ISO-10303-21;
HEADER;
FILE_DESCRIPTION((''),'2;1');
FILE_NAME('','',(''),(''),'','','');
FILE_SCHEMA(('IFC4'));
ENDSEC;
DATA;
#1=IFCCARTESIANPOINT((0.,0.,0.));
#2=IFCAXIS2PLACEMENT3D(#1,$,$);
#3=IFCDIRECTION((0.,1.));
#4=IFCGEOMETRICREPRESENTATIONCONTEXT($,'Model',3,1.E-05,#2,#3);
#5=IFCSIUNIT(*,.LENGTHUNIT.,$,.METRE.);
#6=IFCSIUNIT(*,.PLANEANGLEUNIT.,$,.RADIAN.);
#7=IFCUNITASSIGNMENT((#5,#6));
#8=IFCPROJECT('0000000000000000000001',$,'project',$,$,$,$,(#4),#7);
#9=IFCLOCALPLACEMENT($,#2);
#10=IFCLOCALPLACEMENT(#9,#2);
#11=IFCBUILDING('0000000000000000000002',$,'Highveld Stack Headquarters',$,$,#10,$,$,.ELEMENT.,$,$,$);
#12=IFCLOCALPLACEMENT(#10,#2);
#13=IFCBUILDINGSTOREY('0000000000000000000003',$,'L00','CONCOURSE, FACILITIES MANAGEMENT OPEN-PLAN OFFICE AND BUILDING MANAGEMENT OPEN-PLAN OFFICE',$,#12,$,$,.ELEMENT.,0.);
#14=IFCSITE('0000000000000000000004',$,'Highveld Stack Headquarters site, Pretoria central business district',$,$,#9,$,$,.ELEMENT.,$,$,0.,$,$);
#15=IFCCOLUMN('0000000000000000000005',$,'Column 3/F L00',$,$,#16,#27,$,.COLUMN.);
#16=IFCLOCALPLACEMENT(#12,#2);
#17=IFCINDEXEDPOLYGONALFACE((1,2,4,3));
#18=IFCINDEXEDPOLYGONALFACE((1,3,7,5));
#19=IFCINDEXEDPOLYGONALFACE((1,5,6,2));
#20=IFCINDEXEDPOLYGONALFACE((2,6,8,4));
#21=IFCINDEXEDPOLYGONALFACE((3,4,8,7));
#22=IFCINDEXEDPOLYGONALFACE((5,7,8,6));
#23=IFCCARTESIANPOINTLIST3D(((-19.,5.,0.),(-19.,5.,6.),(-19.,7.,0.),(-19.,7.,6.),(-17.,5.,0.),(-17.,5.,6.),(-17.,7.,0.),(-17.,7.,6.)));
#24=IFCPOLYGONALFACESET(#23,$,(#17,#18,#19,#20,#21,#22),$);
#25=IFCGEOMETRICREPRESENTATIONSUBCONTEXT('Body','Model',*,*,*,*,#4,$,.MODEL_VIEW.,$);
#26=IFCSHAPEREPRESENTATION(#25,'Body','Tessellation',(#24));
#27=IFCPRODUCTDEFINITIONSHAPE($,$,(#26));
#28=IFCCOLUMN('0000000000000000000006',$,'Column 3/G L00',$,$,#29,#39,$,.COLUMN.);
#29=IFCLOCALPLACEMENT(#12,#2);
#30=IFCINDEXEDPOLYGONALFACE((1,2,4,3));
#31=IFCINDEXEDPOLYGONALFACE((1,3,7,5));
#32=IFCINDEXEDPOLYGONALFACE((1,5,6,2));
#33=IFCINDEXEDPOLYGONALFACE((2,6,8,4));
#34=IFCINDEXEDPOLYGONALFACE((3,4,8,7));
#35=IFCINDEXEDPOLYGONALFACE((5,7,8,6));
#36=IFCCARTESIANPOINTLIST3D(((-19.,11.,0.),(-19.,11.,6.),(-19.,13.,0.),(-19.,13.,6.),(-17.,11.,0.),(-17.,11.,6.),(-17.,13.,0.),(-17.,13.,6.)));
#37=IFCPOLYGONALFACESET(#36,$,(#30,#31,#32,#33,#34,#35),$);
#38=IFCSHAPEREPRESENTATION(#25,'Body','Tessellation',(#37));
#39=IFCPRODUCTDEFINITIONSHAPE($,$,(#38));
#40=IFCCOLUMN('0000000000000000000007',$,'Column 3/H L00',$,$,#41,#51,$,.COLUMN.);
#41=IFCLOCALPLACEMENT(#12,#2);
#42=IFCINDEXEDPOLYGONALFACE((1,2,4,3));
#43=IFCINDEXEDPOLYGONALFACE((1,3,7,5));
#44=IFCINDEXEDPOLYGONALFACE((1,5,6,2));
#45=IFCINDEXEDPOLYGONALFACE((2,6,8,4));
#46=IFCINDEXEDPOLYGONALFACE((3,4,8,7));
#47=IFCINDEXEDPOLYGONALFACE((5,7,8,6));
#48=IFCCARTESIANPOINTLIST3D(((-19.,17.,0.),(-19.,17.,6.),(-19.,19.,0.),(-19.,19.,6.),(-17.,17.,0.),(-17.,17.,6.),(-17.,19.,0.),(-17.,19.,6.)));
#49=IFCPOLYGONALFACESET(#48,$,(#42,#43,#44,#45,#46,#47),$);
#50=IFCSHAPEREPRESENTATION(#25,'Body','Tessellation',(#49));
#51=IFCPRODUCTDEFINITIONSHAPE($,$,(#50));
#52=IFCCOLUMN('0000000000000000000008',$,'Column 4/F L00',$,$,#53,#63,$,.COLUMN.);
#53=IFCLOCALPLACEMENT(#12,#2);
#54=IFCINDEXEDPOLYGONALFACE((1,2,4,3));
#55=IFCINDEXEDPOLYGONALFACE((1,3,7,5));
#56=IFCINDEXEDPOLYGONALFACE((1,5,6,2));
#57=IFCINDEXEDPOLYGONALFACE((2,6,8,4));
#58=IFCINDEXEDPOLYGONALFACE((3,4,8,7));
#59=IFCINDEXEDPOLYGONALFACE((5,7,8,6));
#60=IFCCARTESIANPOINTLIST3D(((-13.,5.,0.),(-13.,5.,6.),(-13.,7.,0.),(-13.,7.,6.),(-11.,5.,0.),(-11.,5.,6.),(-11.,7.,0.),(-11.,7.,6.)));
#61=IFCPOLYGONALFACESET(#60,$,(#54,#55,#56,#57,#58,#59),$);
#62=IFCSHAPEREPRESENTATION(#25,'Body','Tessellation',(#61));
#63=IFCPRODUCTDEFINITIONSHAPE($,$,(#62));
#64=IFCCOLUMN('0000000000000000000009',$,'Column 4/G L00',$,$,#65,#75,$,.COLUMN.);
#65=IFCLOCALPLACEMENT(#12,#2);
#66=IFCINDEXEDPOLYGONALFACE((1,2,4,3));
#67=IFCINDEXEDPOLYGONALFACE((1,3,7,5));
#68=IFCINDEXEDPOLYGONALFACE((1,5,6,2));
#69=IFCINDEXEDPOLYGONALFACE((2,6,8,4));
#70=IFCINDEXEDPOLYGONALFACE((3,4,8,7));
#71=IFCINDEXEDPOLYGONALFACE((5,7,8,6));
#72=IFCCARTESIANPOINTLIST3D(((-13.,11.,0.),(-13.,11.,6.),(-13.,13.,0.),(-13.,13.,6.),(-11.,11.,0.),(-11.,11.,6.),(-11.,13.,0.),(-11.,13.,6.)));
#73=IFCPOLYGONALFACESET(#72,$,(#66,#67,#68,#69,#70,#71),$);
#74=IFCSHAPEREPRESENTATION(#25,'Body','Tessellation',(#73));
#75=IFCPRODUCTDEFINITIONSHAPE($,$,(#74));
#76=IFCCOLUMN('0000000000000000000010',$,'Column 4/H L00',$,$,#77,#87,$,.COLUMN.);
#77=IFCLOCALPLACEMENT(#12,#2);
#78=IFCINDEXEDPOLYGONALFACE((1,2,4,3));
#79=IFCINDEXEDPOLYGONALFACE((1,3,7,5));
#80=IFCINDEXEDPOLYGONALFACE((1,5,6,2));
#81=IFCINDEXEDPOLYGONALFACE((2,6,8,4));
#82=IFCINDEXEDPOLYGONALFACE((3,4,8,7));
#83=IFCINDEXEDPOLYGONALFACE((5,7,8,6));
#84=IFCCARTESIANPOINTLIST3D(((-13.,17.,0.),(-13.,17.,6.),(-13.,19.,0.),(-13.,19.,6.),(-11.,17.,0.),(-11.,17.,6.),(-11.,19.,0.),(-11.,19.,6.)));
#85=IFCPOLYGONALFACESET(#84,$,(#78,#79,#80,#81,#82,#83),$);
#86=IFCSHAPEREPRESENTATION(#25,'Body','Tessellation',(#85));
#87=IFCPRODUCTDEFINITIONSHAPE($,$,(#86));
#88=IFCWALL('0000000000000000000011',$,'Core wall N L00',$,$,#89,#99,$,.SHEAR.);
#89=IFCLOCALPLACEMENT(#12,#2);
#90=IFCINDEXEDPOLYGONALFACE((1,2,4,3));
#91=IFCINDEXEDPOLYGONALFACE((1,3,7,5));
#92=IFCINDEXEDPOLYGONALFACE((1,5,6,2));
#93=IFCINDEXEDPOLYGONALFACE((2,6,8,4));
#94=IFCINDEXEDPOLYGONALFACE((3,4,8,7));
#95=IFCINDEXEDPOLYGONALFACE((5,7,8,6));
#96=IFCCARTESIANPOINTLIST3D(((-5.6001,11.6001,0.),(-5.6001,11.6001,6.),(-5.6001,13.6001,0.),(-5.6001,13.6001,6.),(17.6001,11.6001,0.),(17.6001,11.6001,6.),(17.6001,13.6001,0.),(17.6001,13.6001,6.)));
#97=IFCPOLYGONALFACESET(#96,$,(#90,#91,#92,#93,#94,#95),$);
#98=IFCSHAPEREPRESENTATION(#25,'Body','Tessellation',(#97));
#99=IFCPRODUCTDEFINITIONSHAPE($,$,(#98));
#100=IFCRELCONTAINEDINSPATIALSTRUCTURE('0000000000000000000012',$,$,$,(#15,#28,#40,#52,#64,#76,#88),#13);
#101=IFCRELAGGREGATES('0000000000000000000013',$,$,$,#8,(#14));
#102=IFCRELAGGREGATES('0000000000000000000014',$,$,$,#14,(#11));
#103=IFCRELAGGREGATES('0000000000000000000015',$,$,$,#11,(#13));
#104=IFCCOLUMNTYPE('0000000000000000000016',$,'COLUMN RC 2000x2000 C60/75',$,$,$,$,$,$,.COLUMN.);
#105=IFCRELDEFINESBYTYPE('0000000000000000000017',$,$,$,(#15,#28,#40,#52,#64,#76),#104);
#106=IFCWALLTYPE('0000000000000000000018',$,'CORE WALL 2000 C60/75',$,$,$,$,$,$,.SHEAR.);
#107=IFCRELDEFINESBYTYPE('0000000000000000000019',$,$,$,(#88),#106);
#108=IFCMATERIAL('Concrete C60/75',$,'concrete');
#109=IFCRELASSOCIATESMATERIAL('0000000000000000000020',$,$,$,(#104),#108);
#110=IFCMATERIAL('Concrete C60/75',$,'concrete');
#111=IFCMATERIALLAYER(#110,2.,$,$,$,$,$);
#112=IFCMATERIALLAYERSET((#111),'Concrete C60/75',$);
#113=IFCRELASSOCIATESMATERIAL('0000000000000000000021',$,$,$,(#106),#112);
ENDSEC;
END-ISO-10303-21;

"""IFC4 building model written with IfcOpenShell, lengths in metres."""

from ifc_helpers import new_model, si_unit, direction, frame, frame_2d, origin, origin_2d, place, context, subcontext, project, spatial, rectangle, extrude, material, layer, layer_set, material_profile, profile_set, type_object, element, save


model = new_model("IFC4")

# Units and contexts
model_context = context("Model", 3, precision=1e-05, world=origin(), true_north=direction((0.0, 1.0)))
body_context = subcontext(model_context, "Body", "Model", "MODEL_VIEW")
ifc_project = project(units=[si_unit("LENGTHUNIT", "METRE"), si_unit("PLANEANGLEUNIT", "RADIAN")], contexts=[model_context])

# Site, building, storey
site_placement = place(None, origin())
site = spatial("IfcSite", under=ifc_project, at=site_placement, Name="Highveld Stack Headquarters site, Pretoria central business district", CompositionType="ELEMENT", RefElevation=0.0)
building_placement = place(site_placement, origin())
building = spatial("IfcBuilding", under=site, at=building_placement, Name="Highveld Stack Headquarters", CompositionType="ELEMENT")
storey_placement = place(building_placement, origin())
storey = spatial("IfcBuildingStorey", under=building, at=storey_placement, Name="L00", Description="CONCOURSE, FACILITIES MANAGEMENT OPEN-PLAN OFFICE AND BUILDING MANAGEMENT OPEN-PLAN OFFICE", CompositionType="ELEMENT", Elevation=0.0)

# Columns
ifc_material_1 = material(Name="Concrete C60/75", Category="concrete")
ifc_material_profile = material_profile(ifc_material_1, rectangle(XDim=2.0, YDim=2.0, at=origin_2d()), Name="RC 2000x2000")
ifc_profile_set = profile_set([ifc_material_profile], Name="Concrete C60/75")
column_type = type_object("IfcColumnType", Name="COLUMN RC 2000x2000 C60/75", PredefinedType="COLUMN", material=ifc_profile_set)
for number, where, z_axis, x_axis, name in (
    (1, (-18.0, 6.0, 0.0), (0.0, 0.0, 1.0), (1.0, 0.0, 0.0), "Column 3/F L00"),
    (2, (-18.0, 12.0, 0.0), (0.0, 0.0, 1.0), (1.0, 0.0, 0.0), "Column 3/G L00"),
    (3, (-18.0, 18.0, 0.0), (0.0, 0.0, 1.0), (1.0, 0.0, 0.0), "Column 3/H L00"),
    (4, (-12.0, 6.0, 0.0), (0.0, 0.0, 1.0), (1.0, 0.0, 0.0), "Column 4/F L00"),
    (5, (-12.0, 12.0, 0.0), (0.0, 0.0, 1.0), (1.0, 0.0, 0.0), "Column 4/G L00"),
    (6, (-12.0, 18.0, 0.0), (0.0, 0.0, 1.0), (1.0, 0.0, 0.0), "Column 4/H L00"),
):
    element("IfcColumn", number, at=place(storey_placement, frame(where, z_axis=z_axis, x_axis=x_axis)), inside=storey, type_object=column_type, Name=name, PredefinedType="COLUMN", context=body_context, shape_type="SweptSolid", body=[
        extrude(rectangle(XDim=2.0, YDim=2.0, at=origin_2d()), origin(), (0.0, 0.0, 1.0), 6.0),
    ])

# Wall
ifc_material_2 = material(Name="Concrete C60/75", Category="concrete")
ifc_layer_1 = layer(ifc_material_2, 2.0)
ifc_layer_set_1 = layer_set([ifc_layer_1], Name="Concrete C60/75")
wall_type_1 = type_object("IfcWallType", Name="CORE WALL 2000 C60/75", PredefinedType="SHEAR", material=ifc_layer_set_1)
wall_1_placement = place(storey_placement, frame((-5.6001, 12.6001, 0.0), z_axis=(0.0, 0.0, 1.0), x_axis=(1.0, 0.0, 0.0)))
element("IfcWall", 7, at=wall_1_placement, inside=storey, type_object=wall_type_1, Name="Core wall N L00", PredefinedType="SHEAR", context=body_context, shape_type="SweptSolid", body=[
    extrude(rectangle(XDim=23.2002, YDim=2.0, at=frame_2d((11.6001, 0.0))), origin(), (0.0, 0.0, 1.0), 6.0),
])

save(model, "model.ifc")
